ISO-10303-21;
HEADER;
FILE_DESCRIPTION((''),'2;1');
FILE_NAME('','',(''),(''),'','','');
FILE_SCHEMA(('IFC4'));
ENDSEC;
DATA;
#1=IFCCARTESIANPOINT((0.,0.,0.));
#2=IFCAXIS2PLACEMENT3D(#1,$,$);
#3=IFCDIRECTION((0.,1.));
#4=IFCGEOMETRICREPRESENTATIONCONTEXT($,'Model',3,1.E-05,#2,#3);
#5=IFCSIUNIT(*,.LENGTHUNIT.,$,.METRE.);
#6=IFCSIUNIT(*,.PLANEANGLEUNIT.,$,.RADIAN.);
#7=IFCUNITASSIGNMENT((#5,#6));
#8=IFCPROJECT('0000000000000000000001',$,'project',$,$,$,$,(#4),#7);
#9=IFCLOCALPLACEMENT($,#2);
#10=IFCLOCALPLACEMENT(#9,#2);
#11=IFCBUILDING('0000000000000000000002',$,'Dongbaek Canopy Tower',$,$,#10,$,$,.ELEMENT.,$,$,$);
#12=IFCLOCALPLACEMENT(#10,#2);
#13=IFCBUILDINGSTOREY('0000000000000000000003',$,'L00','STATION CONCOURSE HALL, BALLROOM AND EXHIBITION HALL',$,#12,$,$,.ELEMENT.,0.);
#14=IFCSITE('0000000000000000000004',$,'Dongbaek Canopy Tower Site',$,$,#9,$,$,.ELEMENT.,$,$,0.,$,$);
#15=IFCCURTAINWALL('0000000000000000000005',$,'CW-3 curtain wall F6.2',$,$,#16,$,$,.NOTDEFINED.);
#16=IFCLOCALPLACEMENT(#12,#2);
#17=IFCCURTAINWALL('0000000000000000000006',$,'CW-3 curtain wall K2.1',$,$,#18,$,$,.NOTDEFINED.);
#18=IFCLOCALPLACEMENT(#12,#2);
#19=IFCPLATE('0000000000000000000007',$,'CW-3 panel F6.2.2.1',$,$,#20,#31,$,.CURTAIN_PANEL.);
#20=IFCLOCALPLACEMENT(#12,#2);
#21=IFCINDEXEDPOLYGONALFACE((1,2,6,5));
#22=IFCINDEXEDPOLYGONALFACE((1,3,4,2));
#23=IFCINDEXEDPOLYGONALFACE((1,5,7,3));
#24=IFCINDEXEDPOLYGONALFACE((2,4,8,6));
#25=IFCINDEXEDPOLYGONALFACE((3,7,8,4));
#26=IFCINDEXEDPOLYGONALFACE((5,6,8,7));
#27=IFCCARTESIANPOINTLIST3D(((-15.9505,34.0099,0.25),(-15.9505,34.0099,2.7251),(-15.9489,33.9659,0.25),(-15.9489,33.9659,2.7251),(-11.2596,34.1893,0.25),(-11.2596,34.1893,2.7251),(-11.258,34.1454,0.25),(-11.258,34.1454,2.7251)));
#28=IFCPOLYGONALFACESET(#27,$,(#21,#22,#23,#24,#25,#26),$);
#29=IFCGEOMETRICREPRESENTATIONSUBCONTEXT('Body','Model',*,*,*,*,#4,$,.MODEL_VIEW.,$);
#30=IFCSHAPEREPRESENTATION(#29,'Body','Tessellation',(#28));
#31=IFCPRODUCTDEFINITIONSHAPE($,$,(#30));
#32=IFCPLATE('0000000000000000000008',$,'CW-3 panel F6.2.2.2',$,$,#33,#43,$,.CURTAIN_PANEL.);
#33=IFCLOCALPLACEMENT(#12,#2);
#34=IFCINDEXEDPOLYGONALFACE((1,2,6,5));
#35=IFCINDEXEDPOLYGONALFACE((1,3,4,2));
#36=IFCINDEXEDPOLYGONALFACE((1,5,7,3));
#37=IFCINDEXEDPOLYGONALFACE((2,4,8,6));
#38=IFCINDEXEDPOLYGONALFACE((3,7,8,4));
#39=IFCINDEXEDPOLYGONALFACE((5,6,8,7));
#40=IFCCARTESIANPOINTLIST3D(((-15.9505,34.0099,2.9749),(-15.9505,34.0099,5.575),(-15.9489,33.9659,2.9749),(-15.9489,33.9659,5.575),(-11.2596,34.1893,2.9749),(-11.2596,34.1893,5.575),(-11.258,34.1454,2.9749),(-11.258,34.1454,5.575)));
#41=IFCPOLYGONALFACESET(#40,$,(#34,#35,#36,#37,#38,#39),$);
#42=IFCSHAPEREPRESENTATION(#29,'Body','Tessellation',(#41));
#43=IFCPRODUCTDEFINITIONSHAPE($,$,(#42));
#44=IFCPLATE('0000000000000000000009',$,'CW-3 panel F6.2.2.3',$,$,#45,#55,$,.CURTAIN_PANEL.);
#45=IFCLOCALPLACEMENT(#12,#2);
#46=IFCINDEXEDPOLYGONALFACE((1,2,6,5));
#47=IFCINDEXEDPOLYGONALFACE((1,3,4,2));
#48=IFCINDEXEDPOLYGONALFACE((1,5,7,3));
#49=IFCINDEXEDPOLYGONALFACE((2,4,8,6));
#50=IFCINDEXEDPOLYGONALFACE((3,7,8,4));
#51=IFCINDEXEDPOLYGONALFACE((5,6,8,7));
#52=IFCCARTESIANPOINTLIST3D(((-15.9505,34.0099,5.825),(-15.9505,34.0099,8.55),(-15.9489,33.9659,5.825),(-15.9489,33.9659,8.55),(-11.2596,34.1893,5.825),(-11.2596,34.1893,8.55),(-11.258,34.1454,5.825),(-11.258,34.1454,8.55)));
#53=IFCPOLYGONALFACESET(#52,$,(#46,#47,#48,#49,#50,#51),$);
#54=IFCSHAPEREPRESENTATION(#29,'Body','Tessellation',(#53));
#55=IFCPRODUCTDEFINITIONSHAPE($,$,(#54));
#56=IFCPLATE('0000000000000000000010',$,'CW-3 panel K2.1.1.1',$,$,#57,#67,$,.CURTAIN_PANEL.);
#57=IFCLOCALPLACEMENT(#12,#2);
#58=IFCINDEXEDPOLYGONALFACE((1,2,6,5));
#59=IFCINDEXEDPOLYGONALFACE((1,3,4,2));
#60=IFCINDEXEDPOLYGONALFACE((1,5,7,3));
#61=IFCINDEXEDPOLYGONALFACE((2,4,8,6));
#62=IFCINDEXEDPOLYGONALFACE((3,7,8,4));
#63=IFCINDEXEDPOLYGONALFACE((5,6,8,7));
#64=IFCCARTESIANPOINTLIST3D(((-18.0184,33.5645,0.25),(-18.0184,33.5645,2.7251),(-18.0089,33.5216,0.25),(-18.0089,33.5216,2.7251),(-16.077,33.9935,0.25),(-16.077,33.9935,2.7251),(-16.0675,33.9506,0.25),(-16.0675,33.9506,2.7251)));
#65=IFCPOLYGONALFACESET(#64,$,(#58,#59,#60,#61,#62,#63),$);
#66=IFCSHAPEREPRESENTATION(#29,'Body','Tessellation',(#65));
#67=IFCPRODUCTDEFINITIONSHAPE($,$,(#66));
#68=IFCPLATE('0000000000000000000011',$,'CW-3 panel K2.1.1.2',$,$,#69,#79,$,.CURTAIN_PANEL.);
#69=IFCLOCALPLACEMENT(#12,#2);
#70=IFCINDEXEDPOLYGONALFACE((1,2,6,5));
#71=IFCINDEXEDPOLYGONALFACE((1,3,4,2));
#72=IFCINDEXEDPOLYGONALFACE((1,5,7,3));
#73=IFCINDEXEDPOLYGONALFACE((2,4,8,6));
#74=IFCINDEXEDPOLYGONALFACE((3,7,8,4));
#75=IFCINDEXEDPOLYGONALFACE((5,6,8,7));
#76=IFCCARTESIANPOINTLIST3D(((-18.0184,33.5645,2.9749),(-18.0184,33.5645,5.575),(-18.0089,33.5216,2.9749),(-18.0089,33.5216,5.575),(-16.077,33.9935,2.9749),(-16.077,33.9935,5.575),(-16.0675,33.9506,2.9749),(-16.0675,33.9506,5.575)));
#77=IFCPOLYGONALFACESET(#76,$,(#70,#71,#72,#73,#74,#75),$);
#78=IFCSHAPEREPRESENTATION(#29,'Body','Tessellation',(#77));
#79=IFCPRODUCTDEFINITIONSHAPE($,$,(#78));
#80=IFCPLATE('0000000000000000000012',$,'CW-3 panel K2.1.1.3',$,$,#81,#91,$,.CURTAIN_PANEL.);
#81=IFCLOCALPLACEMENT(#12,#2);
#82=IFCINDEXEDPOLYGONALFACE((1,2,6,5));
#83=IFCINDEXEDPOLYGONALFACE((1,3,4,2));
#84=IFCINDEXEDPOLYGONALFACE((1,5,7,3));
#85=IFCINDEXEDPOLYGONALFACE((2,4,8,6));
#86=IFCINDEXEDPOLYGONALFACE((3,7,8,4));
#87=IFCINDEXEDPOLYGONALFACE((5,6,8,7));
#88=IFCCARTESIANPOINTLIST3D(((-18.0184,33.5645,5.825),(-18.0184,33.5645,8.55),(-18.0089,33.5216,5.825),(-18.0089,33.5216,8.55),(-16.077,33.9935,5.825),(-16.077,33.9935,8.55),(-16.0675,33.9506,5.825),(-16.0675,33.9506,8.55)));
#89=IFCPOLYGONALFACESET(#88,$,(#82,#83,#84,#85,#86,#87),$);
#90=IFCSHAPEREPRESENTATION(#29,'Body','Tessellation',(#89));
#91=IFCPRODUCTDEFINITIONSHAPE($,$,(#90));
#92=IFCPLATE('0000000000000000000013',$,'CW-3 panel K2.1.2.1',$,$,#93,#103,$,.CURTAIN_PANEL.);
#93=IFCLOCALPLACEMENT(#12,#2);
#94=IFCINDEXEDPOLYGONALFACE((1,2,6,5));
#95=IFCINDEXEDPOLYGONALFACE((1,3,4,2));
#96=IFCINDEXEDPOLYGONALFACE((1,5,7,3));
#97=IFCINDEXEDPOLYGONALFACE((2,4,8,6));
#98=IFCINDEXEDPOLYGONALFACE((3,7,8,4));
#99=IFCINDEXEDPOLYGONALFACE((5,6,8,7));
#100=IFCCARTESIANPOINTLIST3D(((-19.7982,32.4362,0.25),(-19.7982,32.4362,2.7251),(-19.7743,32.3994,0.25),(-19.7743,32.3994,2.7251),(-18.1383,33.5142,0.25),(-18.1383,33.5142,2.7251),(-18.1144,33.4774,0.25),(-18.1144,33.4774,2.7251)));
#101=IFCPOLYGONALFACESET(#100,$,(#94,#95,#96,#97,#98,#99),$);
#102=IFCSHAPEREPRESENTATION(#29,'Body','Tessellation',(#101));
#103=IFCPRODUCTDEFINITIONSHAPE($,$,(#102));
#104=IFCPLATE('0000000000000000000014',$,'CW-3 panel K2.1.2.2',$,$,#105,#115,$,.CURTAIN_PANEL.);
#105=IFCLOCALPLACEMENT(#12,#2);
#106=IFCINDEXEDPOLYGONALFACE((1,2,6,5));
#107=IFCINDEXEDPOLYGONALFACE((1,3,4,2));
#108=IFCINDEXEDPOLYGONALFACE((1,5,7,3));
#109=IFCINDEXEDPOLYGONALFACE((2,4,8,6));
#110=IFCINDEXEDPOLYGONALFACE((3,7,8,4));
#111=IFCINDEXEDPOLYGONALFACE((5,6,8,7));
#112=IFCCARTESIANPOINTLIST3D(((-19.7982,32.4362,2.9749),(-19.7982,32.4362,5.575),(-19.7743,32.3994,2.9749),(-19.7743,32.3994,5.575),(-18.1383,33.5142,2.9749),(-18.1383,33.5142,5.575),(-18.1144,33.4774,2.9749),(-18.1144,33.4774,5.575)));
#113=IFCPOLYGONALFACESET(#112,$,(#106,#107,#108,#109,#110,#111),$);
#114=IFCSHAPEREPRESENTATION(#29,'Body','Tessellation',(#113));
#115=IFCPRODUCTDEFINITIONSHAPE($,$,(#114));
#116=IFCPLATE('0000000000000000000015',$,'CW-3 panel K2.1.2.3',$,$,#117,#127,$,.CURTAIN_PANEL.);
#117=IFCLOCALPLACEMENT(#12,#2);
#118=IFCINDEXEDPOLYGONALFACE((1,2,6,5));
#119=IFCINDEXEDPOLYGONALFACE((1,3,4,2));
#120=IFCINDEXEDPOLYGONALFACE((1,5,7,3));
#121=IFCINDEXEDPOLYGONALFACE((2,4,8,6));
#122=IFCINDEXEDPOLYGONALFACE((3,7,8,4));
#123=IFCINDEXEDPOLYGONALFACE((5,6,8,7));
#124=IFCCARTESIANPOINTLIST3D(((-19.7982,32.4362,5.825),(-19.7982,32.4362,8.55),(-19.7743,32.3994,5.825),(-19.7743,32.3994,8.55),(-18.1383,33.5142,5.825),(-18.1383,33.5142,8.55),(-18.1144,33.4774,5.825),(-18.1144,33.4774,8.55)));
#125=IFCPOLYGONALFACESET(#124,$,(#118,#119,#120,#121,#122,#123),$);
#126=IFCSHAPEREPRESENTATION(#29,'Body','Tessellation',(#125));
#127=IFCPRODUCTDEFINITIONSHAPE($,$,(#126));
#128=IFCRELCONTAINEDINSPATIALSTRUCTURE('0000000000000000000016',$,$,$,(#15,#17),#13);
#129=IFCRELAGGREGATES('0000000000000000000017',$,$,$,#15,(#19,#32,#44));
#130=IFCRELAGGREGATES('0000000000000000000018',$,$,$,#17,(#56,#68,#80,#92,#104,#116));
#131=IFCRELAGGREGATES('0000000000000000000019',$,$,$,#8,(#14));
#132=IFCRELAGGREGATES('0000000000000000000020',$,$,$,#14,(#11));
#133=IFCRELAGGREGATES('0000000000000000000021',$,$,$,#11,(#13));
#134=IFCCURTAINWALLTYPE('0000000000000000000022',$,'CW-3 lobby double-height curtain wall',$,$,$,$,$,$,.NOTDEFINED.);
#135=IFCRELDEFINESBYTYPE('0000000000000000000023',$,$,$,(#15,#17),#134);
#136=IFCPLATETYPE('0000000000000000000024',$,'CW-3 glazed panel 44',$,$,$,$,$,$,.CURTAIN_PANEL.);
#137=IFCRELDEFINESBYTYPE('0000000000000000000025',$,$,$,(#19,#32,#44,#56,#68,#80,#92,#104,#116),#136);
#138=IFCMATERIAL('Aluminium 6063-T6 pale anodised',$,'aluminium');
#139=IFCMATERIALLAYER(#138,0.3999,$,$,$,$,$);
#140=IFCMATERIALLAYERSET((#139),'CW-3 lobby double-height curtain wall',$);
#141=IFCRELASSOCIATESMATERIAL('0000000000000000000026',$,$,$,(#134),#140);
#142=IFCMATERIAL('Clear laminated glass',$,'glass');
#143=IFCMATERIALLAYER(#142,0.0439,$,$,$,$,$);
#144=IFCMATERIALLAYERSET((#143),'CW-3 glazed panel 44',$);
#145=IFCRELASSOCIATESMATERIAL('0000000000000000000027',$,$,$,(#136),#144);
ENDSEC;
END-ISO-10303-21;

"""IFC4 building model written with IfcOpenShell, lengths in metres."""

from ifc_helpers import new_model, si_unit, direction, frame, origin, origin_2d, place, context, subcontext, project, spatial, rectangle, extrude, material, layer, layer_set, type_object, element, aggregate, save


model = new_model("IFC4")

# Units and contexts
model_context = context("Model", 3, precision=1e-05, world=origin(), true_north=direction((0.0, 1.0)))
body_context = subcontext(model_context, "Body", "Model", "MODEL_VIEW")
ifc_project = project(units=[si_unit("LENGTHUNIT", "METRE"), si_unit("PLANEANGLEUNIT", "RADIAN")], contexts=[model_context])

# Site, building, storey
site_placement = place(None, origin())
site = spatial("IfcSite", under=ifc_project, at=site_placement, Name="Dongbaek Canopy Tower Site", CompositionType="ELEMENT", RefElevation=0.0)
building_placement = place(site_placement, origin())
building = spatial("IfcBuilding", under=site, at=building_placement, Name="Dongbaek Canopy Tower", CompositionType="ELEMENT")
storey_placement = place(building_placement, origin())
storey = spatial("IfcBuildingStorey", under=building, at=storey_placement, Name="L00", Description="STATION CONCOURSE HALL, BALLROOM AND EXHIBITION HALL", CompositionType="ELEMENT", Elevation=0.0)

# Curtain wall
ifc_material_1 = material(Name="Aluminium 6063-T6 pale anodised", Category="aluminium")
ifc_layer_1 = layer(ifc_material_1, 0.3999)
ifc_layer_set_1 = layer_set([ifc_layer_1], Name="CW-3 lobby double-height curtain wall")
curtain_wall_type = type_object("IfcCurtainWallType", Name="CW-3 lobby double-height curtain wall", PredefinedType="NOTDEFINED", material=ifc_layer_set_1)
curtain_wall_1_placement = place(storey_placement, origin())
curtain_wall_1 = element("IfcCurtainWall", 1, at=curtain_wall_1_placement, inside=storey, type_object=curtain_wall_type, Name="CW-3 curtain wall F6.2", PredefinedType="NOTDEFINED")

# Curtain wall
curtain_wall_2_placement = place(storey_placement, origin())
curtain_wall_2 = element("IfcCurtainWall", 2, at=curtain_wall_2_placement, inside=storey, type_object=curtain_wall_type, Name="CW-3 curtain wall K2.1", PredefinedType="NOTDEFINED")

# Plates
ifc_material_2 = material(Name="Clear laminated glass", Category="glass")
ifc_layer_2 = layer(ifc_material_2, 0.0439)
ifc_layer_set_2 = layer_set([ifc_layer_2], Name="CW-3 glazed panel 44")
plate_type = type_object("IfcPlateType", Name="CW-3 glazed panel 44", PredefinedType="CURTAIN_PANEL", material=ifc_layer_set_2)
plate_1_placement = place(storey_placement, frame((-13.6042, 34.0776, 0.25), z_axis=(0.0, 0.0, 1.0), x_axis=(-0.999269, -0.038232, 0.0)))
plate_1 = element("IfcPlate", 3, at=plate_1_placement, type_object=plate_type, Name="CW-3 panel F6.2.2.1", PredefinedType="CURTAIN_PANEL", context=body_context, shape_type="SweptSolid", body=[
    extrude(rectangle(XDim=4.6943, YDim=0.0439, at=origin_2d()), origin(), (0.0, 0.0, 1.0), 2.4751),
])
plate_2_placement = place(storey_placement, frame((-13.6042, 34.0776, 2.9749), z_axis=(0.0, 0.0, 1.0), x_axis=(-0.999269, -0.038232, 0.0)))
plate_2 = element("IfcPlate", 4, at=plate_2_placement, type_object=plate_type, Name="CW-3 panel F6.2.2.2", PredefinedType="CURTAIN_PANEL", context=body_context, shape_type="SweptSolid", body=[
    extrude(rectangle(XDim=4.6943, YDim=0.0439, at=origin_2d()), origin(), (0.0, 0.0, 1.0), 2.6001),
])
plate_3_placement = place(storey_placement, frame((-13.6042, 34.0776, 5.825), z_axis=(0.0, 0.0, 1.0), x_axis=(-0.999269, -0.038232, 0.0)))
plate_3 = element("IfcPlate", 5, at=plate_3_placement, type_object=plate_type, Name="CW-3 panel F6.2.2.3", PredefinedType="CURTAIN_PANEL", context=body_context, shape_type="SweptSolid", body=[
    extrude(rectangle(XDim=4.6943, YDim=0.0439, at=origin_2d()), origin(), (0.0, 0.0, 1.0), 2.7251),
])
aggregate(curtain_wall_1, [plate_1, plate_2, plate_3])
plate_4_placement = place(storey_placement, frame((-17.043, 33.7576, 0.25), z_axis=(0.0, 0.0, 1.0), x_axis=(-0.976443, -0.215775, 0.0)))
plate_4 = element("IfcPlate", 6, at=plate_4_placement, type_object=plate_type, Name="CW-3 panel K2.1.1.1", PredefinedType="CURTAIN_PANEL", context=body_context, shape_type="SweptSolid", body=[
    extrude(rectangle(XDim=1.9883, YDim=0.0439, at=origin_2d()), origin(), (0.0, 0.0, 1.0), 2.4751),
])
plate_5_placement = place(storey_placement, frame((-17.043, 33.7576, 2.9749), z_axis=(0.0, 0.0, 1.0), x_axis=(-0.976443, -0.215775, 0.0)))
plate_5 = element("IfcPlate", 7, at=plate_5_placement, type_object=plate_type, Name="CW-3 panel K2.1.1.2", PredefinedType="CURTAIN_PANEL", context=body_context, shape_type="SweptSolid", body=[
    extrude(rectangle(XDim=1.9883, YDim=0.0439, at=origin_2d()), origin(), (0.0, 0.0, 1.0), 2.6001),
])
plate_6_placement = place(storey_placement, frame((-17.043, 33.7576, 5.825), z_axis=(0.0, 0.0, 1.0), x_axis=(-0.976443, -0.215775, 0.0)))
plate_6 = element("IfcPlate", 8, at=plate_6_placement, type_object=plate_type, Name="CW-3 panel K2.1.1.3", PredefinedType="CURTAIN_PANEL", context=body_context, shape_type="SweptSolid", body=[
    extrude(rectangle(XDim=1.9883, YDim=0.0439, at=origin_2d()), origin(), (0.0, 0.0, 1.0), 2.7251),
])
plate_7_placement = place(storey_placement, frame((-18.9563, 32.9568, 0.25), z_axis=(0.0, 0.0, 1.0), x_axis=(-0.838663, -0.54465, 0.0)))
plate_7 = element("IfcPlate", 9, at=plate_7_placement, type_object=plate_type, Name="CW-3 panel K2.1.2.1", PredefinedType="CURTAIN_PANEL", context=body_context, shape_type="SweptSolid", body=[
    extrude(rectangle(XDim=1.9792, YDim=0.0439, at=origin_2d()), origin(), (0.0, 0.0, 1.0), 2.4751),
])
plate_8_placement = place(storey_placement, frame((-18.9563, 32.9568, 2.9749), z_axis=(0.0, 0.0, 1.0), x_axis=(-0.838663, -0.54465, 0.0)))
plate_8 = element("IfcPlate", 10, at=plate_8_placement, type_object=plate_type, Name="CW-3 panel K2.1.2.2", PredefinedType="CURTAIN_PANEL", context=body_context, shape_type="SweptSolid", body=[
    extrude(rectangle(XDim=1.9792, YDim=0.0439, at=origin_2d()), origin(), (0.0, 0.0, 1.0), 2.6001),
])
plate_9_placement = place(storey_placement, frame((-18.9563, 32.9568, 5.825), z_axis=(0.0, 0.0, 1.0), x_axis=(-0.838663, -0.54465, 0.0)))
plate_9 = element("IfcPlate", 11, at=plate_9_placement, type_object=plate_type, Name="CW-3 panel K2.1.2.3", PredefinedType="CURTAIN_PANEL", context=body_context, shape_type="SweptSolid", body=[
    extrude(rectangle(XDim=1.9792, YDim=0.0439, at=origin_2d()), origin(), (0.0, 0.0, 1.0), 2.7251),
])
aggregate(curtain_wall_2, [plate_4, plate_5, plate_6, plate_7, plate_8, plate_9])

save(model, "model.ifc")
